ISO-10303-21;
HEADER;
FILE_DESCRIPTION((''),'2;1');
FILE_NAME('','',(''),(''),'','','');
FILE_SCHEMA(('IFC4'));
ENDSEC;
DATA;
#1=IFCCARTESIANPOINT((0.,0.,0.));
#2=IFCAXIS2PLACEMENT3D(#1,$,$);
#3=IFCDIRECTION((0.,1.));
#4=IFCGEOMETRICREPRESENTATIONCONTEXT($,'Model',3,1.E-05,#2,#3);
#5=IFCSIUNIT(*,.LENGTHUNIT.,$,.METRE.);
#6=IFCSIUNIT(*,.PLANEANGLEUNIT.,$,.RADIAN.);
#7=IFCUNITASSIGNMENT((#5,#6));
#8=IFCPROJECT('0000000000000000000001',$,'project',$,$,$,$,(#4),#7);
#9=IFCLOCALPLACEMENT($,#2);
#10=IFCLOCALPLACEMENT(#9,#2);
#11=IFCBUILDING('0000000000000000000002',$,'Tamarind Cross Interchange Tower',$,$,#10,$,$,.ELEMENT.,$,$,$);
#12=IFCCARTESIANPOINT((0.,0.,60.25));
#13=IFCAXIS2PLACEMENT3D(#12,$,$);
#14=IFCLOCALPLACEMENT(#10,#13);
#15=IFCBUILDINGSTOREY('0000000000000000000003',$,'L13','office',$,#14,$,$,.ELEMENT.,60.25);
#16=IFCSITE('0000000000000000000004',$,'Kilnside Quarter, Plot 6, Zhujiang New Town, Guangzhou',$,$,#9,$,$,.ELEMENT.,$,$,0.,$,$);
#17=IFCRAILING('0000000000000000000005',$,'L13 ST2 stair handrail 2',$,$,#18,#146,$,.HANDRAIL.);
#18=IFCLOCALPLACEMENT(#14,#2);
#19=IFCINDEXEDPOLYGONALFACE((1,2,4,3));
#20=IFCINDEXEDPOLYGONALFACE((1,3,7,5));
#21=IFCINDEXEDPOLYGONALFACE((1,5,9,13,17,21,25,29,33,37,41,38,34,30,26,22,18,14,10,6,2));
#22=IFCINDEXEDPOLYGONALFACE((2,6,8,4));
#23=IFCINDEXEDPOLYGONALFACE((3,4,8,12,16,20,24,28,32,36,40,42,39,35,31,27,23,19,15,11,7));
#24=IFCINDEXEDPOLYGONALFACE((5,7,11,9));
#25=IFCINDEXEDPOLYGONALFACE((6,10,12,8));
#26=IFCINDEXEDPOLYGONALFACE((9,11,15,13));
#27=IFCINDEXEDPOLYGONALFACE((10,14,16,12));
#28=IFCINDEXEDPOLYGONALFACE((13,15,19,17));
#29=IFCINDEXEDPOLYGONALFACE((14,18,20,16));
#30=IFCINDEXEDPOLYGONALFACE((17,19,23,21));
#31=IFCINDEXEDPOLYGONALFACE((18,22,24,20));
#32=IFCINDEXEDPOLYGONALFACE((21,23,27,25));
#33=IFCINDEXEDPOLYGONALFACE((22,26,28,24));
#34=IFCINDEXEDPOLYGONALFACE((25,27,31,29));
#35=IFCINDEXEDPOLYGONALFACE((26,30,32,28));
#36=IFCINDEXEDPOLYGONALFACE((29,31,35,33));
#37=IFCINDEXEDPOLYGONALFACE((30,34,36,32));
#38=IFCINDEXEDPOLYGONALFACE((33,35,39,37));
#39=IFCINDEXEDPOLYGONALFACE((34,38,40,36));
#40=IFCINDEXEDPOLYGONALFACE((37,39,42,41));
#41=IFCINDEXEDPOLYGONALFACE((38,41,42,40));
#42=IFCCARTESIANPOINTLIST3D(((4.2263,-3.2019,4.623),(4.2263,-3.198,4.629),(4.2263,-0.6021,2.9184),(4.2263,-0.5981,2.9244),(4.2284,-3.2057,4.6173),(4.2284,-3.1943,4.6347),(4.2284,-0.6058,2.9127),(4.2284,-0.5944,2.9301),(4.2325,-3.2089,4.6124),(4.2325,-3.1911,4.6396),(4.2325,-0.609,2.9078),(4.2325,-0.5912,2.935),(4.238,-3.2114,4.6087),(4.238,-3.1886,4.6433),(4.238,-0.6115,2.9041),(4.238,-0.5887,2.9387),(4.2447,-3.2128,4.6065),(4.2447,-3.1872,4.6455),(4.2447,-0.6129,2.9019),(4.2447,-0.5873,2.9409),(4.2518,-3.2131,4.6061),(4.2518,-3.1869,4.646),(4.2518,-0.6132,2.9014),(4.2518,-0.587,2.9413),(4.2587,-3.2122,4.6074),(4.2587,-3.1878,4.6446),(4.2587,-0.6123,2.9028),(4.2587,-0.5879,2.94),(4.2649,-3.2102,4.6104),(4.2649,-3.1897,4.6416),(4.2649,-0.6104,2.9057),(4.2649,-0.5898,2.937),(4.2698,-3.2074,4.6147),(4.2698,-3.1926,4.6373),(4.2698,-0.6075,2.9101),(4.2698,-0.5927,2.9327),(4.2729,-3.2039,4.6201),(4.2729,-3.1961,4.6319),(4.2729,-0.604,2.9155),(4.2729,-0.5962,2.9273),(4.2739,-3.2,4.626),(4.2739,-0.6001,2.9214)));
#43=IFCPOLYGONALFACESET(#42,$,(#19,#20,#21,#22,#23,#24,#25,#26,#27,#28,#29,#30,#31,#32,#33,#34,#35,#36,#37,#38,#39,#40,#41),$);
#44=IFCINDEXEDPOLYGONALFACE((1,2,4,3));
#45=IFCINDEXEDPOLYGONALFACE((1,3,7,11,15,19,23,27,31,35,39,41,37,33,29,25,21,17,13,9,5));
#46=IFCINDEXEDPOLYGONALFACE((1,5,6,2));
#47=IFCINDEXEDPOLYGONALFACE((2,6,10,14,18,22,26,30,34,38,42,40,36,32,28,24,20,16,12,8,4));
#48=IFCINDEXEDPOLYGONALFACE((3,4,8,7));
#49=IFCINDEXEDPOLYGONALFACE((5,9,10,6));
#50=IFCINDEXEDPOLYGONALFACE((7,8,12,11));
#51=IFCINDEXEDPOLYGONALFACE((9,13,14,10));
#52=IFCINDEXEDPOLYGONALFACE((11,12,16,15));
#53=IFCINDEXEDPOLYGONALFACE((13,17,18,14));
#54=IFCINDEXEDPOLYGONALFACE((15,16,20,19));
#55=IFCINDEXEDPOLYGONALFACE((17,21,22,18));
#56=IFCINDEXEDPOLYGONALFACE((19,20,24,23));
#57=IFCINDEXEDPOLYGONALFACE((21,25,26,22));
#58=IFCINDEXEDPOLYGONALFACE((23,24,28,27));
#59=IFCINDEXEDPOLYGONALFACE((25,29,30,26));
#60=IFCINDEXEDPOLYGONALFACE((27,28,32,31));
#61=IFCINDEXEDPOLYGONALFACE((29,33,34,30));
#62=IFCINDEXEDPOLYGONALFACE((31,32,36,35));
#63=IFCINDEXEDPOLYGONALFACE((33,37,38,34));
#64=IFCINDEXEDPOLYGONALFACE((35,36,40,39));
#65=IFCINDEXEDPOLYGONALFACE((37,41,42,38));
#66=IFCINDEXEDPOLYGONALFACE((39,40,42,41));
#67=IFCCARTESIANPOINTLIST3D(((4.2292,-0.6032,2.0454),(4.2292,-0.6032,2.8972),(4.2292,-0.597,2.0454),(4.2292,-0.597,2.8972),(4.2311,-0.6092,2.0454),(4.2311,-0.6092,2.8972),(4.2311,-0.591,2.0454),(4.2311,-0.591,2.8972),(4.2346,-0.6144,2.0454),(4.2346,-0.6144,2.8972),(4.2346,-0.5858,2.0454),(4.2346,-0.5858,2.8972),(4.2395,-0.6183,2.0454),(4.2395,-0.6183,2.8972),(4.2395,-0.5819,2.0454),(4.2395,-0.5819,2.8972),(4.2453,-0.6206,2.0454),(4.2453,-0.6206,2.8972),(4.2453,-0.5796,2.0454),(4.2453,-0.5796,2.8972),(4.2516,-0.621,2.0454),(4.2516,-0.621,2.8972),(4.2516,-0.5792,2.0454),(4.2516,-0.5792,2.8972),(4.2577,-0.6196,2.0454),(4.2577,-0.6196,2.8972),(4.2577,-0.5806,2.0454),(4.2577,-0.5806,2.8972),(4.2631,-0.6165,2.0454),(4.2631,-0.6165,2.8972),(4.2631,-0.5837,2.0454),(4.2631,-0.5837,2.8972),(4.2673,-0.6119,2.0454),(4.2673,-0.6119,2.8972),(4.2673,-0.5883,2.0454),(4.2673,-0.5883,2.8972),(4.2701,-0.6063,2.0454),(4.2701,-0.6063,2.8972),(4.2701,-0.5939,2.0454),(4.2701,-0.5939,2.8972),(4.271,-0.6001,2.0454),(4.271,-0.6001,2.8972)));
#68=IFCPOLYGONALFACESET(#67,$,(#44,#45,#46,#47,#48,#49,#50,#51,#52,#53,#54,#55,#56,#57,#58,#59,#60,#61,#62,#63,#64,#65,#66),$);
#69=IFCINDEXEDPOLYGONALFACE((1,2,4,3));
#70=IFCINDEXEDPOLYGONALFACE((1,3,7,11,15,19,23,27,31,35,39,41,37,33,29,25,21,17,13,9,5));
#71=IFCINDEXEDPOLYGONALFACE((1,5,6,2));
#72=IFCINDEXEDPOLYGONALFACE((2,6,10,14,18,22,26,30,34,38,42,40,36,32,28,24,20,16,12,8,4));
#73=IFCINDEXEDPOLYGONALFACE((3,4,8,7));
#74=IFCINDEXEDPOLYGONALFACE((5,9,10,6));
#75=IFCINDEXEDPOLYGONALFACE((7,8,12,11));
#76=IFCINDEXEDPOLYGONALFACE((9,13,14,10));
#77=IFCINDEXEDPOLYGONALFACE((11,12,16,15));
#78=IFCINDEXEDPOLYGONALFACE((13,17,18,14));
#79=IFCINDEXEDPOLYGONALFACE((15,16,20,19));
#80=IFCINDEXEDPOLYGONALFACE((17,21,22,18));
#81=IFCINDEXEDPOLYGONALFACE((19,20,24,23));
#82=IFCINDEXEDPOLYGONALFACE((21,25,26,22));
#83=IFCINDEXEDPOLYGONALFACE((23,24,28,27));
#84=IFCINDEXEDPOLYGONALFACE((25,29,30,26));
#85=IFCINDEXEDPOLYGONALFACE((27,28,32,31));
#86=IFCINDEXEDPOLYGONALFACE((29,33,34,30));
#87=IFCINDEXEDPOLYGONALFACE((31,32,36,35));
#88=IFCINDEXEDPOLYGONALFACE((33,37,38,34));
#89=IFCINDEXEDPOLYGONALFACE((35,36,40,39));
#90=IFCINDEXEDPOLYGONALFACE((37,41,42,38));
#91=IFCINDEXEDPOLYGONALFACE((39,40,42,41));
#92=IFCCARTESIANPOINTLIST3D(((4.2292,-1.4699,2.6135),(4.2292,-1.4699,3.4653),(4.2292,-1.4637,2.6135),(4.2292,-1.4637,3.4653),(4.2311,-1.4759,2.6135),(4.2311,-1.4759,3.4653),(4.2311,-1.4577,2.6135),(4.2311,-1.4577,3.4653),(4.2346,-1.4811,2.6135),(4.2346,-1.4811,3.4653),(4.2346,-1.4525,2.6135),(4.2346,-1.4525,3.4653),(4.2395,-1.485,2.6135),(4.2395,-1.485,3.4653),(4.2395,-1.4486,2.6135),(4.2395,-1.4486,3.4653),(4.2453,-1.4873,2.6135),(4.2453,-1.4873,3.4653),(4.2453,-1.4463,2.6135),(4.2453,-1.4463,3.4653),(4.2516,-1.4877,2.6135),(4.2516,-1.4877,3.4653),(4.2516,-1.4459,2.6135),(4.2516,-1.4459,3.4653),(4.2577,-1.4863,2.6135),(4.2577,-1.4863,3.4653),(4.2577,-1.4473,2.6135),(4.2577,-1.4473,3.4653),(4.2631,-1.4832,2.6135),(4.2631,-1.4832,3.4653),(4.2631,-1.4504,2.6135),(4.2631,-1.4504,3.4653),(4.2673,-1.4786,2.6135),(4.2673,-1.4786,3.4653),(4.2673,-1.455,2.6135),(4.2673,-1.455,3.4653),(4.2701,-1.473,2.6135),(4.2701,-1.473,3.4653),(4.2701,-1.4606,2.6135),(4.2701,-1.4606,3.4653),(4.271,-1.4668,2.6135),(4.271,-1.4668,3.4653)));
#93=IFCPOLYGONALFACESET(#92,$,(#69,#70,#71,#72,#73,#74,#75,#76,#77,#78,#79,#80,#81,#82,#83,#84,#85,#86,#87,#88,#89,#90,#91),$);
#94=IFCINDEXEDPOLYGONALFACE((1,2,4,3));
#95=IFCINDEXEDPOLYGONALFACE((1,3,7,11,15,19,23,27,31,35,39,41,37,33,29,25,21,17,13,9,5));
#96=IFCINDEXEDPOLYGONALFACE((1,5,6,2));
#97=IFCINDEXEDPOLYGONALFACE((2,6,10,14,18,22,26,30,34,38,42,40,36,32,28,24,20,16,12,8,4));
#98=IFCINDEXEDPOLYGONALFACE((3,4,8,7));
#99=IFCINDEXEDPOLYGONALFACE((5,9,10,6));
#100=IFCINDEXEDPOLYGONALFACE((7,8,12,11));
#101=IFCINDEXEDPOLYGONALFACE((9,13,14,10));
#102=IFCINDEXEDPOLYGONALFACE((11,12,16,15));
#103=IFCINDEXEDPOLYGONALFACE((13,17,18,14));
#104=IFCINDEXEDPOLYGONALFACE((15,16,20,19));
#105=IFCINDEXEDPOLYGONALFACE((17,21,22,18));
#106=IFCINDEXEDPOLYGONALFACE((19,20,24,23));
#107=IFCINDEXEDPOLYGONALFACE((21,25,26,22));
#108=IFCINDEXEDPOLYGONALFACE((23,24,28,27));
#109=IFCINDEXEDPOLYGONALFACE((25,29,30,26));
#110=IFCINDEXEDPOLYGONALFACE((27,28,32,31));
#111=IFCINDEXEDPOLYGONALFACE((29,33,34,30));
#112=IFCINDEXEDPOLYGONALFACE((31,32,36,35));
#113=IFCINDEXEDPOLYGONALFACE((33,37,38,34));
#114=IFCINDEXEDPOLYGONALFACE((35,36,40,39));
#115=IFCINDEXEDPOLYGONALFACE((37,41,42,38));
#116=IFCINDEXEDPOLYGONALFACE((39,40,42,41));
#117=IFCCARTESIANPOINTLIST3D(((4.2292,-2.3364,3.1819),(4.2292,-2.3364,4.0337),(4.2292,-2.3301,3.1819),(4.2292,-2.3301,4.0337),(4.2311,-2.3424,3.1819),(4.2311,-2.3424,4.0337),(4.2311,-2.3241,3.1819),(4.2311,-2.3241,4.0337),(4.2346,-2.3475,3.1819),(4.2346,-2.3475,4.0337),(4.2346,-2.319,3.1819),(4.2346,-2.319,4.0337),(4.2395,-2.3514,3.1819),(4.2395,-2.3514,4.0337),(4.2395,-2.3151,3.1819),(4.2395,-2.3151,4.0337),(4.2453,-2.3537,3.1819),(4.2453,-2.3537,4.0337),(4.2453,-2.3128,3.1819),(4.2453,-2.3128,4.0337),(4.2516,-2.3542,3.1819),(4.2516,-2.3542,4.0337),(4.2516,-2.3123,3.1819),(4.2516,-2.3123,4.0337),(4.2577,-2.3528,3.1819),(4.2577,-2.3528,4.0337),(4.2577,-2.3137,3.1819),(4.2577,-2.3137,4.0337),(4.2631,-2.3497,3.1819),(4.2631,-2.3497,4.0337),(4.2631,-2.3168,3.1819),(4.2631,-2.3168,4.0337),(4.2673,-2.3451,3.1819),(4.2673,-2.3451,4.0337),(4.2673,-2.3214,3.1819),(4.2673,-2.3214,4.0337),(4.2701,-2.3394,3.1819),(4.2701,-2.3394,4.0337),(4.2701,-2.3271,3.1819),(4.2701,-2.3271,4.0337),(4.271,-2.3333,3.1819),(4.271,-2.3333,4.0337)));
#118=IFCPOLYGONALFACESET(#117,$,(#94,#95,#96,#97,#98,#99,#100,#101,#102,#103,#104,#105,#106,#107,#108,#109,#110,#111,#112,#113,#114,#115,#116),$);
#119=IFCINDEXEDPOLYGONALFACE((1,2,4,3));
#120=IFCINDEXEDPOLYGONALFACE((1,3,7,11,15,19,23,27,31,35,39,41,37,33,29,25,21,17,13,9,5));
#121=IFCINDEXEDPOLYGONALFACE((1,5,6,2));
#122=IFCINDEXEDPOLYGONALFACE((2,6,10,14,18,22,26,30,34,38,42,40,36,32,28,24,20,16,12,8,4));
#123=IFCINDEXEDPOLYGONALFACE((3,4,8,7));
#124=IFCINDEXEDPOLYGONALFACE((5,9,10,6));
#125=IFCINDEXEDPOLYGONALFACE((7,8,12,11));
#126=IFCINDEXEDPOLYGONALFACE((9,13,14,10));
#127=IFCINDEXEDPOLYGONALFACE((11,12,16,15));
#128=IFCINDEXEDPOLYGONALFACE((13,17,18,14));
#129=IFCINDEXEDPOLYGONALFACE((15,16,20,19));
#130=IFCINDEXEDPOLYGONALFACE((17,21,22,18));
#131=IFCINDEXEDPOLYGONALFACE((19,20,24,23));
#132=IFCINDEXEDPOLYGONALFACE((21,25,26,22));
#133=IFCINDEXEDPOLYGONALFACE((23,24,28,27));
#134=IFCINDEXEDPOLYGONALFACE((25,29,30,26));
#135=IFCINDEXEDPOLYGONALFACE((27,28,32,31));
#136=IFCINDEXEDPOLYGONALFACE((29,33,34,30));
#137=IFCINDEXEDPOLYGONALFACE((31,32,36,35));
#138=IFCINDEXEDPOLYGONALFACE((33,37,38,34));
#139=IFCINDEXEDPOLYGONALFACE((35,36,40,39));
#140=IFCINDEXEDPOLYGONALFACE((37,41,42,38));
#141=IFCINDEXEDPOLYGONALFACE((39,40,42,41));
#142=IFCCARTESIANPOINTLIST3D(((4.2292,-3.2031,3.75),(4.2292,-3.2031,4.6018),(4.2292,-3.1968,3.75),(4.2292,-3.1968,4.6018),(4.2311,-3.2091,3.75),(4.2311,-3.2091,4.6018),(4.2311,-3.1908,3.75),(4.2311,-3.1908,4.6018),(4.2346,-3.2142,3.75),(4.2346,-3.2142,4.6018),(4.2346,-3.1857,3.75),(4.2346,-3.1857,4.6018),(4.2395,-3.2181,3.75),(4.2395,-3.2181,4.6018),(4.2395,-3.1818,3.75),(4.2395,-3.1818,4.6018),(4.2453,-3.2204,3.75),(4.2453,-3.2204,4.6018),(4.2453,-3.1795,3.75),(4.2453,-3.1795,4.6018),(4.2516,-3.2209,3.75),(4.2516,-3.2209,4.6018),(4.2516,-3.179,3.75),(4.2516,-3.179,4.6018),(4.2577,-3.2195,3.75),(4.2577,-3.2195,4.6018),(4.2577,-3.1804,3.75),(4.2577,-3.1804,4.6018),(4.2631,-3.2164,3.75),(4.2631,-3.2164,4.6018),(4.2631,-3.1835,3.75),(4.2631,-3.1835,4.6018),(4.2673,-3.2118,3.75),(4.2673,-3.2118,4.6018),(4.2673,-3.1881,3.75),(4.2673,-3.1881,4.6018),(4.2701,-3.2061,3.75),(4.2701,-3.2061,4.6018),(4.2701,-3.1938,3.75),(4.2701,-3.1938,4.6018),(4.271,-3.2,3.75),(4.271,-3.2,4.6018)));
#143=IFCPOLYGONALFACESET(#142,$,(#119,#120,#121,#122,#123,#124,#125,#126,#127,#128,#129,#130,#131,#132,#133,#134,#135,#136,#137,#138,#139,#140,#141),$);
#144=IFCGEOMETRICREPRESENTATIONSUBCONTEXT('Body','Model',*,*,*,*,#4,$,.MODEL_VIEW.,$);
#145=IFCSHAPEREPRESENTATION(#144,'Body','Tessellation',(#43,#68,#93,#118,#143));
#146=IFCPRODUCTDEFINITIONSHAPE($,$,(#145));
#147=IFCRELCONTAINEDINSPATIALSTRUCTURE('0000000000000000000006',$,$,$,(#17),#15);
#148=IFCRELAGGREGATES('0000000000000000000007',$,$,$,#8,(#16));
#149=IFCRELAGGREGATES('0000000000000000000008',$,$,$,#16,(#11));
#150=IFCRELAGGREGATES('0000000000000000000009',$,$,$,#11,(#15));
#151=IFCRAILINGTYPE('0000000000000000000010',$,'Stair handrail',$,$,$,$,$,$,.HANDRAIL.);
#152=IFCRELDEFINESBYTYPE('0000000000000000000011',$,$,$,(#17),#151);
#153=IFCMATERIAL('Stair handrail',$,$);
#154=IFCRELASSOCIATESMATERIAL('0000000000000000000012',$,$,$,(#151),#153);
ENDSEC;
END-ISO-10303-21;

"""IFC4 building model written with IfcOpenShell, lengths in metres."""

from ifc_helpers import new_model, si_unit, direction, frame, origin, origin_2d, place, context, subcontext, project, spatial, circle, extrude, material, type_object, element, save


model = new_model("IFC4")

# Units and contexts
model_context = context("Model", 3, precision=1e-05, world=origin(), true_north=direction((0.0, 1.0)))
body_context = subcontext(model_context, "Body", "Model", "MODEL_VIEW")
ifc_project = project(units=[si_unit("LENGTHUNIT", "METRE"), si_unit("PLANEANGLEUNIT", "RADIAN")], contexts=[model_context])

# Site, building, storey
site_placement = place(None, origin())
site = spatial("IfcSite", under=ifc_project, at=site_placement, Name="Kilnside Quarter, Plot 6, Zhujiang New Town, Guangzhou", CompositionType="ELEMENT", RefElevation=0.0)
building_placement = place(site_placement, origin())
building = spatial("IfcBuilding", under=site, at=building_placement, Name="Tamarind Cross Interchange Tower", CompositionType="ELEMENT")
storey_placement = place(building_placement, frame((0.0, 0.0, 60.25)))
storey = spatial("IfcBuildingStorey", under=building, at=storey_placement, Name="L13", Description="office", CompositionType="ELEMENT", Elevation=60.25)

# Railing
ifc_material_1 = material(Name="Stair handrail")
railing_type_1 = type_object("IfcRailingType", Name="Stair handrail", PredefinedType="HANDRAIL", material=ifc_material_1)
railing_1_placement = place(storey_placement, frame((4.25, -0.6001, 2.0454)))
element("IfcRailing", 1, at=railing_1_placement, inside=storey, type_object=railing_type_1, Name="L13 ST2 stair handrail 2", PredefinedType="HANDRAIL", context=body_context, shape_type="SweptSolid", body=[
    extrude(circle(Radius=0.0239, at=origin_2d()), frame((0.0, 0.0, 0.876), z_axis=(0.0, -0.836279, 0.548305), x_axis=(1.0, 0.0, 0.0)), (0.0, 0.0, 1.0), 3.1089),
    extrude(circle(Radius=0.021, at=origin_2d()), origin(), (0.0, 0.0, 1.0), 0.8518),
    extrude(circle(Radius=0.021, at=origin_2d()), frame((0.0, -0.8667, 0.5681)), (0.0, 0.0, 1.0), 0.8518),
    extrude(circle(Radius=0.021, at=origin_2d()), frame((0.0, -1.7332, 1.1365)), (0.0, 0.0, 1.0), 0.8518),
    extrude(circle(Radius=0.021, at=origin_2d()), frame((0.0, -2.5999, 1.7046)), (0.0, 0.0, 1.0), 0.8518),
])

save(model, "model.ifc")
